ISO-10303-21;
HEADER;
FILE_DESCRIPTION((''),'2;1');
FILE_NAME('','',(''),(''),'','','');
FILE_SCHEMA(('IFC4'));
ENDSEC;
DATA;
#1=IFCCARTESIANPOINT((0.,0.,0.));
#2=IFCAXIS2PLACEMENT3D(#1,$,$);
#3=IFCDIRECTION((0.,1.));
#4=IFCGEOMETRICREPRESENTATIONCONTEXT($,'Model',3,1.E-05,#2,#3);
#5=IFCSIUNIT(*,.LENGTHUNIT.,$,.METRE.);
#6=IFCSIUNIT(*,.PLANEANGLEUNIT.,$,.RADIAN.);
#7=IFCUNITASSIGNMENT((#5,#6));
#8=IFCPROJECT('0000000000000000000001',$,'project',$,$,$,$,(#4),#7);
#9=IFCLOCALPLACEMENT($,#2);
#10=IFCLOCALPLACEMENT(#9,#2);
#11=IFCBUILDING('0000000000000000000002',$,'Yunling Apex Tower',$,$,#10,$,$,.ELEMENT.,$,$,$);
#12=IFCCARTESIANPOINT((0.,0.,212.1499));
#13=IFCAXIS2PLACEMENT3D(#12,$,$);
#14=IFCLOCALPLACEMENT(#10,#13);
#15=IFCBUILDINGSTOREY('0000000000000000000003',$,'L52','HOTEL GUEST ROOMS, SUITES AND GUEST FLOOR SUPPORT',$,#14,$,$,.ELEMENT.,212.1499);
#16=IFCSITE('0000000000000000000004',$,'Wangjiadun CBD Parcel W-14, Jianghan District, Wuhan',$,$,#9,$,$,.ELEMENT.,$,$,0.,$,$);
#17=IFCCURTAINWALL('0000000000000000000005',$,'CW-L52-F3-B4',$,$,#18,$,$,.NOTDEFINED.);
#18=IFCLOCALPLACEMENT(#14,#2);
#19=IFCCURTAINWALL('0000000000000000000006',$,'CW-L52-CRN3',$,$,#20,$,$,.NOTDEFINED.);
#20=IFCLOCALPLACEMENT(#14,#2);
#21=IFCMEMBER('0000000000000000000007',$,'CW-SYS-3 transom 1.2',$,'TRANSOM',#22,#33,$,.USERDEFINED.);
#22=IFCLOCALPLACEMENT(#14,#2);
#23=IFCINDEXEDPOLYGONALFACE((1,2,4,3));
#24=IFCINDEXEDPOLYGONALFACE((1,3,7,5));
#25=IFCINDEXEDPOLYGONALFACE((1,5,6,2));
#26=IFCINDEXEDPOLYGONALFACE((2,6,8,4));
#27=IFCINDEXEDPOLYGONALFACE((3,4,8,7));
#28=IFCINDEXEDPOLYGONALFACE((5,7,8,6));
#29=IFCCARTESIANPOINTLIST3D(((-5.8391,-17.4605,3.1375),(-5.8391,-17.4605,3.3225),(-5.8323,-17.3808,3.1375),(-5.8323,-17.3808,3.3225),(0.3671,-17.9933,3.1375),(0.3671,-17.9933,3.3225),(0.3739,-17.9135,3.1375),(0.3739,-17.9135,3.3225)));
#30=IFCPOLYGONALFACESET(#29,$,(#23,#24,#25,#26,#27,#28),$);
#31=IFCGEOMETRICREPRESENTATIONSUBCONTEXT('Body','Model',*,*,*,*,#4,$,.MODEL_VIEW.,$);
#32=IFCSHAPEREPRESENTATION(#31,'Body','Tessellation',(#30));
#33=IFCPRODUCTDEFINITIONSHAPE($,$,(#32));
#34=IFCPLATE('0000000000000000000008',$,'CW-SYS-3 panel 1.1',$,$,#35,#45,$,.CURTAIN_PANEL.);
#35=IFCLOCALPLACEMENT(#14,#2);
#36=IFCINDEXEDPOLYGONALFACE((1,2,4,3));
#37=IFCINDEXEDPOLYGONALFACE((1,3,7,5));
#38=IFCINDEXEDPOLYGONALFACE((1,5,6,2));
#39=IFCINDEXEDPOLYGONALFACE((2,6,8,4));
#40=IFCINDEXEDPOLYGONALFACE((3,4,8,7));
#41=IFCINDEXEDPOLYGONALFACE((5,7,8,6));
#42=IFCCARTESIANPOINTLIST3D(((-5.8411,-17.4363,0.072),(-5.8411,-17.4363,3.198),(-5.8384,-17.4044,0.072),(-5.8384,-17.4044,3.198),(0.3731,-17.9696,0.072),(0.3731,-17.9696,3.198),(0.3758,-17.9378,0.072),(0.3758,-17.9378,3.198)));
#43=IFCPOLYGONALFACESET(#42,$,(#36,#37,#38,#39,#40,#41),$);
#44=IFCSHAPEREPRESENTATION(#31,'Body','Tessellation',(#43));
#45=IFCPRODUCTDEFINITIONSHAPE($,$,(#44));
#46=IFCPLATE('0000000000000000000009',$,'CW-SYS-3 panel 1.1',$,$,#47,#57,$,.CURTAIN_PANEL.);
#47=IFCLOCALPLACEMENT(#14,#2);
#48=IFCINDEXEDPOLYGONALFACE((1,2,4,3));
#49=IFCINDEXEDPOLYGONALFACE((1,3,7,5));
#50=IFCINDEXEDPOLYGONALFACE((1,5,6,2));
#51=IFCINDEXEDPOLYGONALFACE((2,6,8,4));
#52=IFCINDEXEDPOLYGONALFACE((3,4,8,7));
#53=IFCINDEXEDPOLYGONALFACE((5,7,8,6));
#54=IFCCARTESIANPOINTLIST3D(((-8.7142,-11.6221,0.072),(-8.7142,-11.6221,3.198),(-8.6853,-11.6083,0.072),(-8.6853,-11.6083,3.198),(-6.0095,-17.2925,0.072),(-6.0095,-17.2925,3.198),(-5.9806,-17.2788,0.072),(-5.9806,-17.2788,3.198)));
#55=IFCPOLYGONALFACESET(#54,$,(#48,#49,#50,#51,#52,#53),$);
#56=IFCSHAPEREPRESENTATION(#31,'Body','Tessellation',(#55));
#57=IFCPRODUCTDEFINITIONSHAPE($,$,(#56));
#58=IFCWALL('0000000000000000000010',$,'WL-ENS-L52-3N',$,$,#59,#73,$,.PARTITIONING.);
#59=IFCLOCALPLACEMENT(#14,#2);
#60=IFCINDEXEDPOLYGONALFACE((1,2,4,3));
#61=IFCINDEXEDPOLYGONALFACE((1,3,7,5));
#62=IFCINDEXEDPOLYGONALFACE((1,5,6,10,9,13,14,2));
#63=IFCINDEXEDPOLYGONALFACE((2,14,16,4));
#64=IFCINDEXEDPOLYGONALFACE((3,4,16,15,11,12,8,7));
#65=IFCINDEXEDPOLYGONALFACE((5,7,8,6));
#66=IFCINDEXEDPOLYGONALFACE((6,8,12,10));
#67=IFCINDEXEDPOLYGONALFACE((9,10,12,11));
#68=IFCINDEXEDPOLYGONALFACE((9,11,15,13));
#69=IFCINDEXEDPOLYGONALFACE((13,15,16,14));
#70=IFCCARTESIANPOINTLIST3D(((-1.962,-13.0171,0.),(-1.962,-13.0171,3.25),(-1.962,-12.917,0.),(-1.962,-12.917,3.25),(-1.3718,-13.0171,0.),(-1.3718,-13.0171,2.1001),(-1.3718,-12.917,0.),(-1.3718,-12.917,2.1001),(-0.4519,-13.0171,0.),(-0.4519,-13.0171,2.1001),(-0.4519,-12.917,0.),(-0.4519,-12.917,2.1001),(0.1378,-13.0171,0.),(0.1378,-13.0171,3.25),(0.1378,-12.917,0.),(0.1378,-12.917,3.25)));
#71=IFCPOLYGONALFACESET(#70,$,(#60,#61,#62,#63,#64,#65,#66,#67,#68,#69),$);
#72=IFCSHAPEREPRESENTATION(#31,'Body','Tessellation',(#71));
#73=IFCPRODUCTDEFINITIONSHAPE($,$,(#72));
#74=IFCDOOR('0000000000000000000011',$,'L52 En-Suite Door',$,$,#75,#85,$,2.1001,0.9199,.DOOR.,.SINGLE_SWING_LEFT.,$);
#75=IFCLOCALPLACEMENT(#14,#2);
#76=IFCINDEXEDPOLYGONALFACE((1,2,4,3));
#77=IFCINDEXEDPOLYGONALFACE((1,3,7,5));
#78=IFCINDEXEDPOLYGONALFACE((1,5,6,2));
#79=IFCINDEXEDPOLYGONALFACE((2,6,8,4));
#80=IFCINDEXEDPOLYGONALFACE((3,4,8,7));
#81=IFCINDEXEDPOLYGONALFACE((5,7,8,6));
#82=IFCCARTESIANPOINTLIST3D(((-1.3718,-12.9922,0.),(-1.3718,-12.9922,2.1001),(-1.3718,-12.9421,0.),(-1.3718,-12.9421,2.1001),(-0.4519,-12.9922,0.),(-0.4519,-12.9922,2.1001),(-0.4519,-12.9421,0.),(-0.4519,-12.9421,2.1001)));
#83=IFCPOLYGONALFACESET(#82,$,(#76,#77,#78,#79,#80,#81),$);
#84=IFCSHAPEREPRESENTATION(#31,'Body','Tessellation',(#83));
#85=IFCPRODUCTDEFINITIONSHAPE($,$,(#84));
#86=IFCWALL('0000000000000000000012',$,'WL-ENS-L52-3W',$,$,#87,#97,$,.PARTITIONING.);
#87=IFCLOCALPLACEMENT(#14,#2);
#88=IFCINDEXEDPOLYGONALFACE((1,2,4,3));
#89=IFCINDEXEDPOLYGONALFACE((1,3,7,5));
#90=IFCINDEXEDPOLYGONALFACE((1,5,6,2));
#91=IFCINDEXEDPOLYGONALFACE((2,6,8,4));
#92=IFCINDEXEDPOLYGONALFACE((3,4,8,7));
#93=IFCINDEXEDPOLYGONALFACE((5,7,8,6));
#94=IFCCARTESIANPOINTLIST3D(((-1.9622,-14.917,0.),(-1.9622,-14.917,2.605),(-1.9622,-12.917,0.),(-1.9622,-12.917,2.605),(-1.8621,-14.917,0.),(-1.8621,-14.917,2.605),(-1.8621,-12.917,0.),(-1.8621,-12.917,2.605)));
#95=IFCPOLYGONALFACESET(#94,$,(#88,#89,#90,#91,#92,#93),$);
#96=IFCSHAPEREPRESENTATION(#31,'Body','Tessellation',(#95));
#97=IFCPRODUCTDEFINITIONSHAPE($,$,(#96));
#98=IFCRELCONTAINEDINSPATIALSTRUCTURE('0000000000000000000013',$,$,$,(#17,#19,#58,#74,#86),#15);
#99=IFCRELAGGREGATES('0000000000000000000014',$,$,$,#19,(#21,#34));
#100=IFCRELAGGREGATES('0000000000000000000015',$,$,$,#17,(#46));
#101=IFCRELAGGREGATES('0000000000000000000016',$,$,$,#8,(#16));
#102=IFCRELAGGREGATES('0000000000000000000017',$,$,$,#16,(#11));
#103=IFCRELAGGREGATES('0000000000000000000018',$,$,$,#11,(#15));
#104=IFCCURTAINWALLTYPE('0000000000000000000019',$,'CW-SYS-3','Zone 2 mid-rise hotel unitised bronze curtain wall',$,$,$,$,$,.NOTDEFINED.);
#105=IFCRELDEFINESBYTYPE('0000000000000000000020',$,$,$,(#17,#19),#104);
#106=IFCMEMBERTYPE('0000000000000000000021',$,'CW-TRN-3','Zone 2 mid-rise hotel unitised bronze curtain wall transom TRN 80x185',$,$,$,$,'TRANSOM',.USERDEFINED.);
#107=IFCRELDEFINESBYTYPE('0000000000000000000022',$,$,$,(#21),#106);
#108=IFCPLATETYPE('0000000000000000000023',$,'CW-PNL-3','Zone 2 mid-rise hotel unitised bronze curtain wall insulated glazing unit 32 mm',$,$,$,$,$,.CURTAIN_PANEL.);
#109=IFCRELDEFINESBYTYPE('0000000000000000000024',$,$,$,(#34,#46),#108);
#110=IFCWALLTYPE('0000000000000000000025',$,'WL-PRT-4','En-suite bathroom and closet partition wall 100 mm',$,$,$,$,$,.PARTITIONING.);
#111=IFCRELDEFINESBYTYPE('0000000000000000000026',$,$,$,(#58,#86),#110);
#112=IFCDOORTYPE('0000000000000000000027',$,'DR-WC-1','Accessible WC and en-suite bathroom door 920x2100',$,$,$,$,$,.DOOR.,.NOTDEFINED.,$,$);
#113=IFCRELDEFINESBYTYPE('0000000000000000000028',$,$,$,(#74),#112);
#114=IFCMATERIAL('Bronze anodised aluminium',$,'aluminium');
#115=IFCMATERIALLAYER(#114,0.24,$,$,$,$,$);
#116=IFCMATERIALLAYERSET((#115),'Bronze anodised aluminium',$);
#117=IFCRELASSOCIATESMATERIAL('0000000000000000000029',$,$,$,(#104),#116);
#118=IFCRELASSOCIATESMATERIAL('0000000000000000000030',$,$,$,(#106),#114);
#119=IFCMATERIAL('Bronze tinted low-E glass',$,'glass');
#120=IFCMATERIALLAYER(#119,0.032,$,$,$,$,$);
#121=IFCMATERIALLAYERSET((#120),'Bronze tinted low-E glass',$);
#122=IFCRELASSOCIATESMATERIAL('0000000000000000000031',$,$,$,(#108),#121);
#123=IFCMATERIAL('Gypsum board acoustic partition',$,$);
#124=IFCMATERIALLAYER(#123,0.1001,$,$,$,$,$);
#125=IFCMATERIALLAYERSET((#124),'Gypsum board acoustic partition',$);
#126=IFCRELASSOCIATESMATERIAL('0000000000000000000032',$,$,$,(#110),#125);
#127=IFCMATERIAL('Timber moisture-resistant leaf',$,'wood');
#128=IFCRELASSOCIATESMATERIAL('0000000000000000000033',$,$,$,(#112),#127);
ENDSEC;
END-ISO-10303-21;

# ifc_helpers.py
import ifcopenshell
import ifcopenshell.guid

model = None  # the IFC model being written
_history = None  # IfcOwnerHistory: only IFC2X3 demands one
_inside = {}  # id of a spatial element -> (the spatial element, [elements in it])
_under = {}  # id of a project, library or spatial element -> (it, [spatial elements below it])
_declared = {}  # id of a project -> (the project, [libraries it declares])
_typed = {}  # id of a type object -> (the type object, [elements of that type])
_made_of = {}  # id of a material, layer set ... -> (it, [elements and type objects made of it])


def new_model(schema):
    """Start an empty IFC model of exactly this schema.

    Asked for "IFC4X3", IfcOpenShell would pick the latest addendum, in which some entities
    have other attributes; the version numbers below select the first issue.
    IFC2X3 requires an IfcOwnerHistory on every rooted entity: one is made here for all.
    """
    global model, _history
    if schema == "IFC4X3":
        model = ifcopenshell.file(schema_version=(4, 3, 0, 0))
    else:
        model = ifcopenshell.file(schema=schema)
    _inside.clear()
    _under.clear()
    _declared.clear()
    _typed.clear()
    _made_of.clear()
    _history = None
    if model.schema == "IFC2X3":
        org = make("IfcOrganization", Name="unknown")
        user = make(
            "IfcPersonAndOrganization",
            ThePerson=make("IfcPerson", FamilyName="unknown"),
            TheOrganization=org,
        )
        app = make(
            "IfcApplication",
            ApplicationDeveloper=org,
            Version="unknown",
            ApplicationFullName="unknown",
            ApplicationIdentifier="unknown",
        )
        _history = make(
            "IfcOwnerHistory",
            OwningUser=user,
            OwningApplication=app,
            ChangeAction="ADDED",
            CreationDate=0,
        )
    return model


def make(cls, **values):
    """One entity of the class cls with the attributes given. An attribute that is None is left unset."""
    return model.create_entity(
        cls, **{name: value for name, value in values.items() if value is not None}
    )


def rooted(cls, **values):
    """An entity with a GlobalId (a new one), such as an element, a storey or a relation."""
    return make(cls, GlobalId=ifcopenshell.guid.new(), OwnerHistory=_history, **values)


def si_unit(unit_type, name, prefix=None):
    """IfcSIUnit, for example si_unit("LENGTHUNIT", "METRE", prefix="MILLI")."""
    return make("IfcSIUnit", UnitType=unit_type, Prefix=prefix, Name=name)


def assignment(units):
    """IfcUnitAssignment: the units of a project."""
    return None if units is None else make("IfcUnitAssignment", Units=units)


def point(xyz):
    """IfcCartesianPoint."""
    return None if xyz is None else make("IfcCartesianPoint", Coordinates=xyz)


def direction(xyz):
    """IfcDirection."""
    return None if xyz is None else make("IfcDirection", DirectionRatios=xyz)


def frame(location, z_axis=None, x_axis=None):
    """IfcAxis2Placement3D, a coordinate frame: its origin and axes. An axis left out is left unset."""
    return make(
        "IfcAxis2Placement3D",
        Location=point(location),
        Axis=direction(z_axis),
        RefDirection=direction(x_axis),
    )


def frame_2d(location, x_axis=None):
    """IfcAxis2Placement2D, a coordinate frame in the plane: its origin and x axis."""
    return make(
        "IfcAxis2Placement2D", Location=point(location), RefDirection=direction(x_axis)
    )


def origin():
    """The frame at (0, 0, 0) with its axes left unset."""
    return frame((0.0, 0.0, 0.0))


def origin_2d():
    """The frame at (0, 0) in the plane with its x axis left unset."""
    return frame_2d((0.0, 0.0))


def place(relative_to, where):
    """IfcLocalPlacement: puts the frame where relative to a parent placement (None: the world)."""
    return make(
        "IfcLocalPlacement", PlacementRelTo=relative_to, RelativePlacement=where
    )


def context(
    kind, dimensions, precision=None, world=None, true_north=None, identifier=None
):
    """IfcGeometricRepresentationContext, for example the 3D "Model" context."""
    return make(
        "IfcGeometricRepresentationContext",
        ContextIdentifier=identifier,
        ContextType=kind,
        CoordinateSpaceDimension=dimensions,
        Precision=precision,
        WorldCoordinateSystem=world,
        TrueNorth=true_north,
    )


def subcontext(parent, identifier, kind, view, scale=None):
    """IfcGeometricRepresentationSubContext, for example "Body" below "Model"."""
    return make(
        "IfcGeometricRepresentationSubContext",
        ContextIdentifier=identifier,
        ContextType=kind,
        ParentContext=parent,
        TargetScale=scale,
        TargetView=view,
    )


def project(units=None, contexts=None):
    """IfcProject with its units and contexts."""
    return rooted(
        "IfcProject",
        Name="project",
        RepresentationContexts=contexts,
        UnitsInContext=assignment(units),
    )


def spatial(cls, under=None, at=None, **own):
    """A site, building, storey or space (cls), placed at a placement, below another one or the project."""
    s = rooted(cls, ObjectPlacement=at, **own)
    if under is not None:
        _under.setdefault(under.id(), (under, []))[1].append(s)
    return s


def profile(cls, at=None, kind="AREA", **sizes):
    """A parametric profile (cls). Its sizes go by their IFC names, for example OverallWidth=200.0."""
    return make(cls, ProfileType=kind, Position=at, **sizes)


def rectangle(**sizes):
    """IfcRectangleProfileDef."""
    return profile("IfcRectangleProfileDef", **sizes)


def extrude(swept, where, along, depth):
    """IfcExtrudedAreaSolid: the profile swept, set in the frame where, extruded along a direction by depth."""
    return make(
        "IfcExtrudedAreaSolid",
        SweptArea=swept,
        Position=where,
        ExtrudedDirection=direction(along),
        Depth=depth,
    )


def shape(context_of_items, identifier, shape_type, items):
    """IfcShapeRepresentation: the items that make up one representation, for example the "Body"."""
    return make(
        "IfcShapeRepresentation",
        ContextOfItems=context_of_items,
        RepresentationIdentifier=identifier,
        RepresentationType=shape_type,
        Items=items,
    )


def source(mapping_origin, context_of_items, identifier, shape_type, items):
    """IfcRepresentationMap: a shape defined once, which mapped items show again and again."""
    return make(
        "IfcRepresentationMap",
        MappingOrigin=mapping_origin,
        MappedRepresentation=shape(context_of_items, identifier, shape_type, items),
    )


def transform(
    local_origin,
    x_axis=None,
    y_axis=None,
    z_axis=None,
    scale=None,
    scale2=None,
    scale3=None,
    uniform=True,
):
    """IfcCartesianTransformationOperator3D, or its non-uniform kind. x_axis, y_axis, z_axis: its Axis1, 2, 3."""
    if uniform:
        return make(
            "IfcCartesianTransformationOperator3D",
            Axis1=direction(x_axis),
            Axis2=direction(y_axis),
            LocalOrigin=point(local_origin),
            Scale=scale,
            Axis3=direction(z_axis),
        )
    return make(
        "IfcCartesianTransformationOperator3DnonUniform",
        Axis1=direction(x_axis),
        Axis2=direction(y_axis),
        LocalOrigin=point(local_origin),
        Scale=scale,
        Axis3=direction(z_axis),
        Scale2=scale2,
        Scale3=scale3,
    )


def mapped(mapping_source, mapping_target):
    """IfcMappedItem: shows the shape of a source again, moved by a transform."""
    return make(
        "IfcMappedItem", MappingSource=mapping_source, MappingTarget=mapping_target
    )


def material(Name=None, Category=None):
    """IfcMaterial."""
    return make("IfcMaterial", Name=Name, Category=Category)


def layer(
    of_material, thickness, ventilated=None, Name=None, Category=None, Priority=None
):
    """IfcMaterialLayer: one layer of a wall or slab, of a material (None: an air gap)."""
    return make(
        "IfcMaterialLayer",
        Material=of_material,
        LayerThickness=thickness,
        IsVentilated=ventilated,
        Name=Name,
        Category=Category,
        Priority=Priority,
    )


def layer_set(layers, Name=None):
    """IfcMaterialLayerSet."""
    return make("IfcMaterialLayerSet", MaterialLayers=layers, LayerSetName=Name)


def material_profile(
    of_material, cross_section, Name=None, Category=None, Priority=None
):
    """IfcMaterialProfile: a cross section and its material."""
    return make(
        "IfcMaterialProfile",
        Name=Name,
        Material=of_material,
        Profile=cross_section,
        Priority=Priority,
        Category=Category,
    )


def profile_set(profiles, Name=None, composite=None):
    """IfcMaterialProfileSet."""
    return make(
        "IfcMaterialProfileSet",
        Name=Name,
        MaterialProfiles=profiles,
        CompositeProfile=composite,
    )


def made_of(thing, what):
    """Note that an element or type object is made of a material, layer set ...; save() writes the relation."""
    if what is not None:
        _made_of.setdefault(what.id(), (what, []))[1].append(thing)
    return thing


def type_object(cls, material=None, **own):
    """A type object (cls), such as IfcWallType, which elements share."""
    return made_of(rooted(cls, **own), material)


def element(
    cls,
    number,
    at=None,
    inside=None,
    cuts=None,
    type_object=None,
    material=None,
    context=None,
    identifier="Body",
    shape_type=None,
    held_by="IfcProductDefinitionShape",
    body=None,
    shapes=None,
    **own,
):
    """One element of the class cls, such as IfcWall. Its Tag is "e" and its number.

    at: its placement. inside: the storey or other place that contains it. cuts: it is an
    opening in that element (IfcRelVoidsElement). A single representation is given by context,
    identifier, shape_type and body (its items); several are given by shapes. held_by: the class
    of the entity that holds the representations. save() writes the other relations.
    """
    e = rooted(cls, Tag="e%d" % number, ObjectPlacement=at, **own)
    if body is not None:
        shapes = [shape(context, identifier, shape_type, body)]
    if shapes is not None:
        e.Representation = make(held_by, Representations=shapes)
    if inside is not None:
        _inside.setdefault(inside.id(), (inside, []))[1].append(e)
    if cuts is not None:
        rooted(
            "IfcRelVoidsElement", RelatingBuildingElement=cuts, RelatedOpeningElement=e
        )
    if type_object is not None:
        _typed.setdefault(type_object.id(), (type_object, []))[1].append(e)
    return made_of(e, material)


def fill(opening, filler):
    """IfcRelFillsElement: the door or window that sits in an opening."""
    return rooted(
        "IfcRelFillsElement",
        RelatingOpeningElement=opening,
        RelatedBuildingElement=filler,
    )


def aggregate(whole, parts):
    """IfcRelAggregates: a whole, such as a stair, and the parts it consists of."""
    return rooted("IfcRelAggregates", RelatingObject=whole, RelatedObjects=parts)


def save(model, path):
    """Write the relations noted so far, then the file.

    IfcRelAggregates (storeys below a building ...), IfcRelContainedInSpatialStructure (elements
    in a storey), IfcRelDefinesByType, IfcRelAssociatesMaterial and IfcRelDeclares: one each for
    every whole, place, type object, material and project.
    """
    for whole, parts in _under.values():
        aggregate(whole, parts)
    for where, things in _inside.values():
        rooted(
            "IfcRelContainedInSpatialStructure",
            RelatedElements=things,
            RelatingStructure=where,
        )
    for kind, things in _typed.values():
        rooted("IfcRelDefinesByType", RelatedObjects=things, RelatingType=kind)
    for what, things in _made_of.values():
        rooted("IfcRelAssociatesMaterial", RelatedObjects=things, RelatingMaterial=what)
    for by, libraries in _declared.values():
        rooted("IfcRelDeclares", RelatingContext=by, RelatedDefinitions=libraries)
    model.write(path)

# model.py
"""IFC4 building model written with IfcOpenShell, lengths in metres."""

from ifc_helpers import new_model, si_unit, direction, frame, frame_2d, origin, origin_2d, place, context, subcontext, project, spatial, rectangle, extrude, source, transform, mapped, material, layer, layer_set, material_profile, profile_set, type_object, element, fill, aggregate, save


model = new_model("IFC4")

# Units and contexts
model_context = context("Model", 3, precision=1e-05, world=origin(), true_north=direction((0.0, 1.0)))
body_context = subcontext(model_context, "Body", "Model", "MODEL_VIEW")
ifc_project = project(units=[si_unit("LENGTHUNIT", "METRE"), si_unit("PLANEANGLEUNIT", "RADIAN")], contexts=[model_context])

# Site, building, storey
site_placement = place(None, origin())
site = spatial("IfcSite", under=ifc_project, at=site_placement, Name="Wangjiadun CBD Parcel W-14, Jianghan District, Wuhan", CompositionType="ELEMENT", RefElevation=0.0)
building_placement = place(site_placement, origin())
building = spatial("IfcBuilding", under=site, at=building_placement, Name="Yunling Apex Tower", CompositionType="ELEMENT")
storey_placement = place(building_placement, frame((0.0, 0.0, 212.1499)))
storey = spatial("IfcBuildingStorey", under=building, at=storey_placement, Name="L52", Description="HOTEL GUEST ROOMS, SUITES AND GUEST FLOOR SUPPORT", CompositionType="ELEMENT", Elevation=212.1499)

# Curtain wall
ifc_material_1 = material(Name="Bronze anodised aluminium", Category="aluminium")
ifc_layer_1 = layer(ifc_material_1, 0.24)
ifc_layer_set_1 = layer_set([ifc_layer_1], Name="Bronze anodised aluminium")
curtain_wall_type = type_object("IfcCurtainWallType", Name="CW-SYS-3", Description="Zone 2 mid-rise hotel unitised bronze curtain wall", PredefinedType="NOTDEFINED", material=ifc_layer_set_1)
curtain_wall_1_placement = place(storey_placement, origin())
curtain_wall_1 = element("IfcCurtainWall", 1, at=curtain_wall_1_placement, inside=storey, type_object=curtain_wall_type, Name="CW-L52-F3-B4", PredefinedType="NOTDEFINED")

# Curtain wall, member, plate
curtain_wall_2_placement = place(storey_placement, origin())
curtain_wall_2 = element("IfcCurtainWall", 2, at=curtain_wall_2_placement, inside=storey, type_object=curtain_wall_type, Name="CW-L52-CRN3", PredefinedType="NOTDEFINED")
ifc_material_profile_1 = material_profile(ifc_material_1, rectangle(XDim=0.0801, YDim=0.1851, at=origin_2d()))
ifc_profile_set_1 = profile_set([ifc_material_profile_1], Name="Bronze anodised aluminium")
member_type_1 = type_object("IfcMemberType", Name="CW-TRN-3", Description="Zone 2 mid-rise hotel unitised bronze curtain wall transom TRN 80x185", ElementType="TRANSOM", PredefinedType="USERDEFINED", material=ifc_profile_set_1)
shared_shape_1 = source(origin(), body_context, "Body", "SweptSolid", [
    extrude(rectangle(XDim=0.0801, YDim=0.1851, at=origin_2d()), origin(), (0.0, 0.0, 1.0), 6.229),
])
member_1_placement = place(storey_placement, frame((-5.8357, -17.4207, 3.23), z_axis=(0.996336, -0.08552, 0.0), x_axis=(0.08552, 0.996336, 0.0)))
member_1 = element("IfcMember", 3, at=member_1_placement, type_object=member_type_1, Name="CW-SYS-3 transom 1.2", ObjectType="TRANSOM", PredefinedType="USERDEFINED", context=body_context, shape_type="MappedRepresentation", body=[
    mapped(shared_shape_1, transform((0.0, 0.0, 0.0), scale=1.0)),
])
ifc_material_2 = material(Name="Bronze tinted low-E glass", Category="glass")
ifc_layer_2 = layer(ifc_material_2, 0.032)
ifc_layer_set_2 = layer_set([ifc_layer_2], Name="Bronze tinted low-E glass")
plate_type = type_object("IfcPlateType", Name="CW-PNL-3", Description="Zone 2 mid-rise hotel unitised bronze curtain wall insulated glazing unit 32 mm", PredefinedType="CURTAIN_PANEL", material=ifc_layer_set_2)
shared_shape_2 = source(origin(), body_context, "Body", "SweptSolid", [
    extrude(rectangle(XDim=6.2371, YDim=0.032, at=origin_2d()), origin(), (0.0, 0.0, 1.0), 3.126),
])
plate_1_placement = place(storey_placement, frame((-2.7327, -17.687, 0.072), z_axis=(0.0, 0.0, 1.0), x_axis=(0.996337, -0.085517, 0.0)))
plate_1 = element("IfcPlate", 4, at=plate_1_placement, type_object=plate_type, Name="CW-SYS-3 panel 1.1", PredefinedType="CURTAIN_PANEL", context=body_context, shape_type="MappedRepresentation", body=[
    mapped(shared_shape_2, transform((0.0, 0.0, 0.0), scale=1.0)),
])
aggregate(curtain_wall_2, [member_1, plate_1])

# Plate
shared_shape_3 = source(origin(), body_context, "Body", "SweptSolid", [
    extrude(rectangle(XDim=6.2825, YDim=0.032, at=origin_2d()), origin(), (0.0, 0.0, 1.0), 3.126),
])
plate_2_placement = place(storey_placement, frame((-7.3474, -14.4504, 0.072), z_axis=(0.0, 0.0, 1.0), x_axis=(0.430518, -0.902582, 0.0)))
plate_2 = element("IfcPlate", 5, at=plate_2_placement, type_object=plate_type, Name="CW-SYS-3 panel 1.1", PredefinedType="CURTAIN_PANEL", context=body_context, shape_type="MappedRepresentation", body=[
    mapped(shared_shape_3, transform((0.0, 0.0, 0.0), scale=1.0)),
])
aggregate(curtain_wall_1, [plate_2])

# Wall, opening, door
ifc_material_3 = material(Name="Gypsum board acoustic partition")
ifc_layer_3 = layer(ifc_material_3, 0.1001)
ifc_layer_set_3 = layer_set([ifc_layer_3], Name="Gypsum board acoustic partition")
wall_type = type_object("IfcWallType", Name="WL-PRT-4", Description="En-suite bathroom and closet partition wall 100 mm", PredefinedType="PARTITIONING", material=ifc_layer_set_3)
wall_1_placement = place(storey_placement, frame((-1.9619, -12.967, 0.0), z_axis=(0.0, 0.0, 1.0), x_axis=(1.0, 0.0, 0.0)))
wall_1 = element("IfcWall", 6, at=wall_1_placement, inside=storey, type_object=wall_type, Name="WL-ENS-L52-3N", PredefinedType="PARTITIONING", context=body_context, shape_type="SweptSolid", body=[
    extrude(rectangle(XDim=2.0999, YDim=0.1001, at=frame_2d((1.0498, 0.0))), origin(), (0.0, 0.0, 1.0), 3.25),
])
opening_placement = place(wall_1_placement, frame((0.5901, 0.0, 0.0)))
opening = element("IfcOpeningElement", 7, at=opening_placement, cuts=wall_1, PredefinedType="OPENING", context=body_context, shape_type="SweptSolid", body=[
    extrude(rectangle(XDim=0.9199, YDim=2.1001, at=frame_2d((0.46, 1.05))), frame((0.0, 0.0601, 0.0), z_axis=(0.0, -1.0, 0.0), x_axis=(1.0, 0.0, 0.0)), (0.0, 0.0, 1.0), 0.1201),
])
ifc_material_4 = material(Name="Timber moisture-resistant leaf", Category="wood")
door_type = type_object("IfcDoorType", Name="DR-WC-1", Description="Accessible WC and en-suite bathroom door 920x2100", OperationType="NOTDEFINED", PredefinedType="DOOR", material=ifc_material_4)
door_placement = place(opening_placement, origin())
door = element("IfcDoor", 8, at=door_placement, inside=storey, type_object=door_type, Name="L52 En-Suite Door", OperationType="SINGLE_SWING_LEFT", OverallHeight=2.1001, OverallWidth=0.9199, PredefinedType="DOOR", context=body_context, shape_type="SweptSolid", body=[
    extrude(rectangle(XDim=0.9199, YDim=2.1001, at=frame_2d((0.46, 1.05))), frame((0.0, 0.0249, 0.0), z_axis=(0.0, -1.0, 0.0), x_axis=(1.0, 0.0, 0.0)), (0.0, 0.0, 1.0), 0.05),
])
fill(opening, door)

# Wall
wall_2_placement = place(storey_placement, frame((-1.9121, -14.917, 0.0), z_axis=(0.0, 0.0, 1.0), x_axis=(0.0, 1.0, 0.0)))
element("IfcWall", 9, at=wall_2_placement, inside=storey, type_object=wall_type, Name="WL-ENS-L52-3W", PredefinedType="PARTITIONING", context=body_context, shape_type="SweptSolid", body=[
    extrude(rectangle(XDim=2.0, YDim=0.1001, at=frame_2d((1.0, 0.0))), origin(), (0.0, 0.0, 1.0), 2.605),
])

save(model, "model.ifc")
